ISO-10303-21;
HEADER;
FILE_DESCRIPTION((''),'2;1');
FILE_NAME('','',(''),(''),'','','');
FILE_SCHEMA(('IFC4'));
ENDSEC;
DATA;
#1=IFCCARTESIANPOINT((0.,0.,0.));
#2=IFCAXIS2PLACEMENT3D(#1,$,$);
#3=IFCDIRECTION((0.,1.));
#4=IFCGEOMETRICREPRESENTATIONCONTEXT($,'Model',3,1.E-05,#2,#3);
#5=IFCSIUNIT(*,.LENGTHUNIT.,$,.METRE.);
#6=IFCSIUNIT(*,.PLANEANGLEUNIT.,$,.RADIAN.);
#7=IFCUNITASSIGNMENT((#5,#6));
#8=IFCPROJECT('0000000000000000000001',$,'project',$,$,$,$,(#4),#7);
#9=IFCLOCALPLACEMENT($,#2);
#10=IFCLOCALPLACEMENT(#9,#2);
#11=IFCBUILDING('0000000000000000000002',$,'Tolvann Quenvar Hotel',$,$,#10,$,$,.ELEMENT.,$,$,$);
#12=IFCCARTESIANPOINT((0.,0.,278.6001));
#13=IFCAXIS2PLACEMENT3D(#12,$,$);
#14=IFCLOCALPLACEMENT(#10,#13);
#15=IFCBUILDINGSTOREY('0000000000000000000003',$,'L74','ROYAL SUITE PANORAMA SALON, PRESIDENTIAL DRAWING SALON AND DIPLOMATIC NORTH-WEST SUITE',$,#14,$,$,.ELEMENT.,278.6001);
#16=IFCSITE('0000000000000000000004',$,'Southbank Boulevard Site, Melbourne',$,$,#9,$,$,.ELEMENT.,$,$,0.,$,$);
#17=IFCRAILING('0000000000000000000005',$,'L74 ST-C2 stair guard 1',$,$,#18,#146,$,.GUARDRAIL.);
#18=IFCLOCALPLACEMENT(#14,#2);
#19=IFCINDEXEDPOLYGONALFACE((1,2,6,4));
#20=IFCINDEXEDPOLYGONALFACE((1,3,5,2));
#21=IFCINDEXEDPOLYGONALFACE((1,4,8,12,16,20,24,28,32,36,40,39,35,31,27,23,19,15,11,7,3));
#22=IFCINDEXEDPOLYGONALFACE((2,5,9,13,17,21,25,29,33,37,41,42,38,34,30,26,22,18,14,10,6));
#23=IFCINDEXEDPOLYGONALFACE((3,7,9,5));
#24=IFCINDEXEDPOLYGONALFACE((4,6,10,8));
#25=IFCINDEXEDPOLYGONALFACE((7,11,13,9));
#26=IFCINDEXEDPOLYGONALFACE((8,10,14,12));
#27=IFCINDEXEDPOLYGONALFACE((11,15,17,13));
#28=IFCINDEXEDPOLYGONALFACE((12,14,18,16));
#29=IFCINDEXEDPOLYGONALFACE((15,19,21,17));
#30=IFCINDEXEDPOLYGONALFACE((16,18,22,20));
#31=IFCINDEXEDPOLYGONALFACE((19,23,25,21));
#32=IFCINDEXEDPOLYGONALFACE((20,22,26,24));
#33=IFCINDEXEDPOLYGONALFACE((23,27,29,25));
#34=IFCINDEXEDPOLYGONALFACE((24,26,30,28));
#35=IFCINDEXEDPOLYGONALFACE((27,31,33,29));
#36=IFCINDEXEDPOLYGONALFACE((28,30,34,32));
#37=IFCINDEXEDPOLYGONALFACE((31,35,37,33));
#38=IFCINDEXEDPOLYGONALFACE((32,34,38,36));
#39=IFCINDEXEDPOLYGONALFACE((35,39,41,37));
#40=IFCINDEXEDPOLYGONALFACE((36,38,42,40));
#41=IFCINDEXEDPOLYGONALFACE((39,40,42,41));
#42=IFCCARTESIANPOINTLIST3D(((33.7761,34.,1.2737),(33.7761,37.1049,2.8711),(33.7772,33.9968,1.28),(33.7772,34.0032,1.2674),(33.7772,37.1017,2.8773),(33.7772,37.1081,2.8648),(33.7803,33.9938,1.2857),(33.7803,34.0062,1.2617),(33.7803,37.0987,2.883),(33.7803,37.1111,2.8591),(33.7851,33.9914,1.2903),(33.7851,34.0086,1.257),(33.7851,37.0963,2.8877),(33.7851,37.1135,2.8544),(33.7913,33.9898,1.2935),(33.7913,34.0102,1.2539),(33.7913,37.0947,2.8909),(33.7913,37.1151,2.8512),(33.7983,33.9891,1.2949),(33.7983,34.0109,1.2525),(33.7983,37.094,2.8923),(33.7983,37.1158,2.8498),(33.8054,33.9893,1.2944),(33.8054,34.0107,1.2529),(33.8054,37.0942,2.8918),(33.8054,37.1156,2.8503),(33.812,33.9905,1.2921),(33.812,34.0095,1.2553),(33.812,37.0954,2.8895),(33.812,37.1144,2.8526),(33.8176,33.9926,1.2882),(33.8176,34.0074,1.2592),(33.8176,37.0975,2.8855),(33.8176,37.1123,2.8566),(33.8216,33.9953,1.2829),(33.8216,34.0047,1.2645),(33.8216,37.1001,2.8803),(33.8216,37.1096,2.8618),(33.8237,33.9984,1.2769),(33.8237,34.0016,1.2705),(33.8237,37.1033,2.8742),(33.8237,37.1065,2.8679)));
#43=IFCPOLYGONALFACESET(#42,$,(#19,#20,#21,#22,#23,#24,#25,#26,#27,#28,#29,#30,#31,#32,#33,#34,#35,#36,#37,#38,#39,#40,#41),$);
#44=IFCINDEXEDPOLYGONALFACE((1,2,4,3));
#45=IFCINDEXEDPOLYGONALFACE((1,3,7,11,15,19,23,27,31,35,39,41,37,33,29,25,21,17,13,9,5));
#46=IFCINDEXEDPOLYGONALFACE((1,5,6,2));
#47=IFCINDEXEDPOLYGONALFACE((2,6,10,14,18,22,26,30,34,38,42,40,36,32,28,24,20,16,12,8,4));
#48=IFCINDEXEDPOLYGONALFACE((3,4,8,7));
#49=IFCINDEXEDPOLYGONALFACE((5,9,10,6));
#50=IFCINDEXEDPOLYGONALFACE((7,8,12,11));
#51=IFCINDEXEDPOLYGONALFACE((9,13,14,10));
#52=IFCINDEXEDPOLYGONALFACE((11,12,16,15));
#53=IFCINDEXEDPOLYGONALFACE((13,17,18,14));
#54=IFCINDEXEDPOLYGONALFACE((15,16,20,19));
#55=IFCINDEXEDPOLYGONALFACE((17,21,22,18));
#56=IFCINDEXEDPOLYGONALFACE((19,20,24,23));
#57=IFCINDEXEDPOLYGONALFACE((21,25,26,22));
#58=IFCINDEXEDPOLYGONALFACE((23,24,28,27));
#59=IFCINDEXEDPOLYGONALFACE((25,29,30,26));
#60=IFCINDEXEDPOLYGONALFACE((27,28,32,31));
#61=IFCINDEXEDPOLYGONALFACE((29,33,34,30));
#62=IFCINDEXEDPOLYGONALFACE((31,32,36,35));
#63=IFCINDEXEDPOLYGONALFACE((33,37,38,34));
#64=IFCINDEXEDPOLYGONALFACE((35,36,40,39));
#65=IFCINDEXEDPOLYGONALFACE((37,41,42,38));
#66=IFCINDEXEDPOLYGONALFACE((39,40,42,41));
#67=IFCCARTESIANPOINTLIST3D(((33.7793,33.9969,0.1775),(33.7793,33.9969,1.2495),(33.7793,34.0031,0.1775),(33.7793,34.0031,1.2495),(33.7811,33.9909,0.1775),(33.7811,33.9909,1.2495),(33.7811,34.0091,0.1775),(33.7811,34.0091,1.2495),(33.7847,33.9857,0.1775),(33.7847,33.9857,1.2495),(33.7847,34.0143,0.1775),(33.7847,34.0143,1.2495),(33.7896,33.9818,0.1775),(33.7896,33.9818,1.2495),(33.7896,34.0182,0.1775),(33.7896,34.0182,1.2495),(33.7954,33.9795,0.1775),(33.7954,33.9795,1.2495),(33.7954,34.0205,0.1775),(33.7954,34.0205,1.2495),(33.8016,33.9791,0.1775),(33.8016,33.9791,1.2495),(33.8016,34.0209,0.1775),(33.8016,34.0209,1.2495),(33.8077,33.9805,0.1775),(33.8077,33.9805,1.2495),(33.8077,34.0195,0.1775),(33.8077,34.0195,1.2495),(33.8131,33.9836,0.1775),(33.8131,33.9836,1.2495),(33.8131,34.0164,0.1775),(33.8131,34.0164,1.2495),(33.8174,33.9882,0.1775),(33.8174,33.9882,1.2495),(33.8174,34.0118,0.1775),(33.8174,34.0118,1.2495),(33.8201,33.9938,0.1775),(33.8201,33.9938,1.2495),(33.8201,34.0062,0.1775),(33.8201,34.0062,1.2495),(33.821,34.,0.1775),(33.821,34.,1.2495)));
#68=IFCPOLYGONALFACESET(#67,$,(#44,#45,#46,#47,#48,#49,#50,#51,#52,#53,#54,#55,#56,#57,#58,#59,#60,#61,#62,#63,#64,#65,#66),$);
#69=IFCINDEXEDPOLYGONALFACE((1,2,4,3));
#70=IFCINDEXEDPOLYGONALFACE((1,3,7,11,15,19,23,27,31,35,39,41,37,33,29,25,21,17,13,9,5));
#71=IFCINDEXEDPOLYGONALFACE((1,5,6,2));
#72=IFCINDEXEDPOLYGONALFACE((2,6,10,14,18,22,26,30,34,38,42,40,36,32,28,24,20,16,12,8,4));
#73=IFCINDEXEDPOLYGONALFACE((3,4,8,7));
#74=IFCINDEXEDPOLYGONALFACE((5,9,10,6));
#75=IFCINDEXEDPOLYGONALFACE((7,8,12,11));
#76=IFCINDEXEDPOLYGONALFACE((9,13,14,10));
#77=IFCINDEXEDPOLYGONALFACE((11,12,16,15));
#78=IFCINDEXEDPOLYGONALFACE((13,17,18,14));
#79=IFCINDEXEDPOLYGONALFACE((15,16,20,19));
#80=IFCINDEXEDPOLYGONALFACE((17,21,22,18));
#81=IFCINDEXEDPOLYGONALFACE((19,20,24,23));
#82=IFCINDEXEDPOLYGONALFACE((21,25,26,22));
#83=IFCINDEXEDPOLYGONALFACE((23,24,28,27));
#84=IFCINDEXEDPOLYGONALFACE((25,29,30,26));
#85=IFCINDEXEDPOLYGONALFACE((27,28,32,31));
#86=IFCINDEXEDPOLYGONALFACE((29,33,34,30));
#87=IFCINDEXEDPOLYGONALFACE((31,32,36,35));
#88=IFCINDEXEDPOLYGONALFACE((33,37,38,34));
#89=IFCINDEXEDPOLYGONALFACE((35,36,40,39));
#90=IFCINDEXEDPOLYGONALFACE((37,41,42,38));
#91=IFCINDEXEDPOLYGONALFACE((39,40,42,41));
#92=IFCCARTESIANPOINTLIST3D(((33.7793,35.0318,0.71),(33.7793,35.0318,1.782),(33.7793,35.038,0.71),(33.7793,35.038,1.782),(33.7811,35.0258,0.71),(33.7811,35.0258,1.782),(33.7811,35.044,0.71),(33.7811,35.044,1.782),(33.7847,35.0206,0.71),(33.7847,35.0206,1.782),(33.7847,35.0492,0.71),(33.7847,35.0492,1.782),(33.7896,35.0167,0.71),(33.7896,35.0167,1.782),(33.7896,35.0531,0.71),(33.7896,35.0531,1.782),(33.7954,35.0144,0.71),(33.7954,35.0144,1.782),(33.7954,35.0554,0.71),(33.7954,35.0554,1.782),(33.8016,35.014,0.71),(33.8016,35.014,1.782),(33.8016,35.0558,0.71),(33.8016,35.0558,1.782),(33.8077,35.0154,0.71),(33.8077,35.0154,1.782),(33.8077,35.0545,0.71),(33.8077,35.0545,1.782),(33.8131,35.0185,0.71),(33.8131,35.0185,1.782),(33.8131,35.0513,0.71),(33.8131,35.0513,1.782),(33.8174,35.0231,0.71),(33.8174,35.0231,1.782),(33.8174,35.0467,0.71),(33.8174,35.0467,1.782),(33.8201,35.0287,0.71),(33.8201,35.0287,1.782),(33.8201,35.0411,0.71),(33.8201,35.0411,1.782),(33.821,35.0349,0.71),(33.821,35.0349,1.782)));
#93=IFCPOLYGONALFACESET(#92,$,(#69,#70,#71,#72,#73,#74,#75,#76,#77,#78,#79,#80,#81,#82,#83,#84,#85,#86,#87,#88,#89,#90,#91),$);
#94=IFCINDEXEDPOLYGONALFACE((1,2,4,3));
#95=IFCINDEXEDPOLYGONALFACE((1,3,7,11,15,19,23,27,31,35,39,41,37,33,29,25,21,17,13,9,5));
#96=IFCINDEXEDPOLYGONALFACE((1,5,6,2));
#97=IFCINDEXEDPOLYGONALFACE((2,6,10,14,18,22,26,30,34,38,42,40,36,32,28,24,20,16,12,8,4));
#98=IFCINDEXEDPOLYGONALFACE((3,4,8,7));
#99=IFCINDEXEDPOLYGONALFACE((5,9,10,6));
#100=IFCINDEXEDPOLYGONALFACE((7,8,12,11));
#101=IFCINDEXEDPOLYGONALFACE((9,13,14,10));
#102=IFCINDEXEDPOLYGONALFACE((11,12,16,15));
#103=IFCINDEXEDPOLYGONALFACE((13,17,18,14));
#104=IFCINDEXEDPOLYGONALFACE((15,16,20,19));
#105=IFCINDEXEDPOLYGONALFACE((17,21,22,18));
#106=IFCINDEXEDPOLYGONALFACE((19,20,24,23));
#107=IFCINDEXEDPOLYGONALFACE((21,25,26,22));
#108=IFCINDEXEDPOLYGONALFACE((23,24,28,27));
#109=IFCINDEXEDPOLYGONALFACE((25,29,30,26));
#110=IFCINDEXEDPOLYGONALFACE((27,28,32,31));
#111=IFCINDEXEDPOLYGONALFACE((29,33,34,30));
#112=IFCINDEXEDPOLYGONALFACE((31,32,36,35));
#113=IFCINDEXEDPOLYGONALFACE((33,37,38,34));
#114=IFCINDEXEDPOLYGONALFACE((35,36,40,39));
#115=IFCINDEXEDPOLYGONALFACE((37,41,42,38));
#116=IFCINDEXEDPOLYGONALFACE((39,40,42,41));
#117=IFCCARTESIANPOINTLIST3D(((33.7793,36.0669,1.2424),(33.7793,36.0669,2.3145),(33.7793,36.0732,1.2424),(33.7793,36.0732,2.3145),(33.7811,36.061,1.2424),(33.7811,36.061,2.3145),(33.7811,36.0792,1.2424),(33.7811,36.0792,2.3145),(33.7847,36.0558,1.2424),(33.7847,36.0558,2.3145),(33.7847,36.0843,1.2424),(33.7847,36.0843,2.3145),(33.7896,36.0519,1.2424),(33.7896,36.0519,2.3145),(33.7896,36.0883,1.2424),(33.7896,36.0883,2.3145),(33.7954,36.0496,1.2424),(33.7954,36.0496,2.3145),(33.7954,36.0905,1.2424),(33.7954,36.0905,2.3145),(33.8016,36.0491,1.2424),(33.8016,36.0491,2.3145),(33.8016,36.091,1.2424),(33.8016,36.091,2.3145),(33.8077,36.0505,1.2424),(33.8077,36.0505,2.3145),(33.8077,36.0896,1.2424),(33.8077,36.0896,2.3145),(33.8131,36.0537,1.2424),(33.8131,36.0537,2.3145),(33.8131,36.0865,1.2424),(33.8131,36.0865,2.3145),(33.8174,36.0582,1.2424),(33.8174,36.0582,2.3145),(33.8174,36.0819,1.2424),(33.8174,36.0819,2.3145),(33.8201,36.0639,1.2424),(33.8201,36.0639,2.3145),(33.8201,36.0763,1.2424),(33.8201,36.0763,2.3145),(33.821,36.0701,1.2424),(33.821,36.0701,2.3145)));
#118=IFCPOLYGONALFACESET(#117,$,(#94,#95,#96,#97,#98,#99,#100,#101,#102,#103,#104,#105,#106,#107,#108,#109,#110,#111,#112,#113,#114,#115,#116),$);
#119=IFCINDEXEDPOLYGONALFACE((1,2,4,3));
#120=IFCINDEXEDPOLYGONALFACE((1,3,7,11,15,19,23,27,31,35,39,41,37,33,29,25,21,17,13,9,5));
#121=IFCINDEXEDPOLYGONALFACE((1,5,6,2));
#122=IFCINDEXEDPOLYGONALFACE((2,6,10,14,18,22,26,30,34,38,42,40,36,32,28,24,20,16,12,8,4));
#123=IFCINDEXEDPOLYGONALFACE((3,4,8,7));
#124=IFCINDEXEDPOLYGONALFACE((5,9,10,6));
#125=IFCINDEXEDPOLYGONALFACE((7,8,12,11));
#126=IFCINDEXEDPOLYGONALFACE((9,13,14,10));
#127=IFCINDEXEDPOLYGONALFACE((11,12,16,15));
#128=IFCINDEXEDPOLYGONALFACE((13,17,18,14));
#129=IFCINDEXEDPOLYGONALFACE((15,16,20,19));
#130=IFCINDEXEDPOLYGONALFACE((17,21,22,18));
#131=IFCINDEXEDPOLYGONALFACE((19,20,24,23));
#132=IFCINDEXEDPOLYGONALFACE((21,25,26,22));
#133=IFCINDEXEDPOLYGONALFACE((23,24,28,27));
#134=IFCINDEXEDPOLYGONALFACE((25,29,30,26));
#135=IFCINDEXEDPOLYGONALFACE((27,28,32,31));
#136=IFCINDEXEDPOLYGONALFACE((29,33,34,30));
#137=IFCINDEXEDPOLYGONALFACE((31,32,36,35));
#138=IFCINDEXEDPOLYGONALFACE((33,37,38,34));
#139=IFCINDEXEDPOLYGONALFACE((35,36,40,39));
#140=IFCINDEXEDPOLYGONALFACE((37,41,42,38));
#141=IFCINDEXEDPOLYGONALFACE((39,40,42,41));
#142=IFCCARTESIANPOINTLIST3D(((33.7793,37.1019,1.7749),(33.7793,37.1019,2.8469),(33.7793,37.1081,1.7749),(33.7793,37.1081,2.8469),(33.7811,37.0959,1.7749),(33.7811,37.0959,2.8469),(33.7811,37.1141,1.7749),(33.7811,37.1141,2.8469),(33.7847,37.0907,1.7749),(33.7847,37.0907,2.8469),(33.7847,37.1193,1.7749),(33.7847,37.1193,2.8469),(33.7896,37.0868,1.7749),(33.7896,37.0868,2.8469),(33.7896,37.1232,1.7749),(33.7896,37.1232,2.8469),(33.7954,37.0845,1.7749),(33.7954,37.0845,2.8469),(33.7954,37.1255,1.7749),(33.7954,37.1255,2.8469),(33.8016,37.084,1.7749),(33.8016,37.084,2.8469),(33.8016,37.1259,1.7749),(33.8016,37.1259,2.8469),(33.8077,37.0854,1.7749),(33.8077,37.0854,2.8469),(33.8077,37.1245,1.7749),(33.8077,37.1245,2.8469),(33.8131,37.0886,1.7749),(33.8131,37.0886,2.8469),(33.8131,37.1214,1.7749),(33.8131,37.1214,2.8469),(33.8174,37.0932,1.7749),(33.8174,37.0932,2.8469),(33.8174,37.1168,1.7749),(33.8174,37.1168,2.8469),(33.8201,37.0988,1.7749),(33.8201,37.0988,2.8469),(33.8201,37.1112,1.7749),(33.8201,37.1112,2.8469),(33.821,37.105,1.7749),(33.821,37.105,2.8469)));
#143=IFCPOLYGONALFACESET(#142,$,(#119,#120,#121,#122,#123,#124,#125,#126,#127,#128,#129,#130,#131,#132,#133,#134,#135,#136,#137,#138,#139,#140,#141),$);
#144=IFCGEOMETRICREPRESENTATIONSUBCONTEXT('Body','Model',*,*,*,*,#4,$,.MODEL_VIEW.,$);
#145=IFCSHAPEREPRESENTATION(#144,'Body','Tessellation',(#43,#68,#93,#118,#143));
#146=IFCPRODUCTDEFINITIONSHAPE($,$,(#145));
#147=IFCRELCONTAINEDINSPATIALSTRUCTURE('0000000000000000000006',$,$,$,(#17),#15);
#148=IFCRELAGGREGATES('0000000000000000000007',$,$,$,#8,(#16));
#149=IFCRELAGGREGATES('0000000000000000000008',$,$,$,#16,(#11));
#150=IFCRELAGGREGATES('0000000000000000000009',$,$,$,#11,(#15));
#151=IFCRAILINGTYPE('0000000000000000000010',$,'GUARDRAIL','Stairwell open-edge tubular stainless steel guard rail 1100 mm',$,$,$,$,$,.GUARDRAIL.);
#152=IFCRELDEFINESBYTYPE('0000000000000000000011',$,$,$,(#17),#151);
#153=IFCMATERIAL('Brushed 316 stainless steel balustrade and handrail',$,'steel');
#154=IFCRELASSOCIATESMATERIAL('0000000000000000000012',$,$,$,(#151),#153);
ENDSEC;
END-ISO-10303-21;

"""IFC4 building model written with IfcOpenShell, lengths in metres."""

from ifc_helpers import new_model, si_unit, direction, frame, origin, origin_2d, place, context, subcontext, project, spatial, circle, extrude, material, type_object, element, save


model = new_model("IFC4")

# Units and contexts
model_context = context("Model", 3, precision=1e-05, world=origin(), true_north=direction((0.0, 1.0)))
body_context = subcontext(model_context, "Body", "Model", "MODEL_VIEW")
ifc_project = project(units=[si_unit("LENGTHUNIT", "METRE"), si_unit("PLANEANGLEUNIT", "RADIAN")], contexts=[model_context])

# Site, building, storey
site_placement = place(None, origin())
site = spatial("IfcSite", under=ifc_project, at=site_placement, Name="Southbank Boulevard Site, Melbourne", CompositionType="ELEMENT", RefElevation=0.0)
building_placement = place(site_placement, origin())
building = spatial("IfcBuilding", under=site, at=building_placement, Name="Tolvann Quenvar Hotel", CompositionType="ELEMENT")
storey_placement = place(building_placement, frame((0.0, 0.0, 278.6001)))
storey = spatial("IfcBuildingStorey", under=building, at=storey_placement, Name="L74", Description="ROYAL SUITE PANORAMA SALON, PRESIDENTIAL DRAWING SALON AND DIPLOMATIC NORTH-WEST SUITE", CompositionType="ELEMENT", Elevation=278.6001)

# Railing
ifc_material_1 = material(Name="Brushed 316 stainless steel balustrade and handrail", Category="steel")
railing_type_1 = type_object("IfcRailingType", Name="GUARDRAIL", Description="Stairwell open-edge tubular stainless steel guard rail 1100 mm", PredefinedType="GUARDRAIL", material=ifc_material_1)
railing_1_placement = place(storey_placement, frame((33.8, 34.0, 0.1775)))
element("IfcRailing", 1, at=railing_1_placement, inside=storey, type_object=railing_type_1, Name="L74 ST-C2 stair guard 1", PredefinedType="GUARDRAIL", context=body_context, shape_type="SweptSolid", body=[
    extrude(circle(Radius=0.0239, at=origin_2d()), frame((0.0, 0.0, 1.0962), z_axis=(0.0, 0.889222, 0.457476), x_axis=(-1.0, 0.0, 0.0)), (0.0, 0.0, 1.0), 3.4917),
    extrude(circle(Radius=0.021, at=origin_2d()), origin(), (0.0, 0.0, 1.0), 1.072),
    extrude(circle(Radius=0.021, at=origin_2d()), frame((0.0, 1.0349, 0.5325)), (0.0, 0.0, 1.0), 1.072),
    extrude(circle(Radius=0.021, at=origin_2d()), frame((0.0, 2.0701, 1.0649)), (0.0, 0.0, 1.0), 1.072),
    extrude(circle(Radius=0.021, at=origin_2d()), frame((0.0, 3.105, 1.5974)), (0.0, 0.0, 1.0), 1.072),
])

save(model, "model.ifc")
